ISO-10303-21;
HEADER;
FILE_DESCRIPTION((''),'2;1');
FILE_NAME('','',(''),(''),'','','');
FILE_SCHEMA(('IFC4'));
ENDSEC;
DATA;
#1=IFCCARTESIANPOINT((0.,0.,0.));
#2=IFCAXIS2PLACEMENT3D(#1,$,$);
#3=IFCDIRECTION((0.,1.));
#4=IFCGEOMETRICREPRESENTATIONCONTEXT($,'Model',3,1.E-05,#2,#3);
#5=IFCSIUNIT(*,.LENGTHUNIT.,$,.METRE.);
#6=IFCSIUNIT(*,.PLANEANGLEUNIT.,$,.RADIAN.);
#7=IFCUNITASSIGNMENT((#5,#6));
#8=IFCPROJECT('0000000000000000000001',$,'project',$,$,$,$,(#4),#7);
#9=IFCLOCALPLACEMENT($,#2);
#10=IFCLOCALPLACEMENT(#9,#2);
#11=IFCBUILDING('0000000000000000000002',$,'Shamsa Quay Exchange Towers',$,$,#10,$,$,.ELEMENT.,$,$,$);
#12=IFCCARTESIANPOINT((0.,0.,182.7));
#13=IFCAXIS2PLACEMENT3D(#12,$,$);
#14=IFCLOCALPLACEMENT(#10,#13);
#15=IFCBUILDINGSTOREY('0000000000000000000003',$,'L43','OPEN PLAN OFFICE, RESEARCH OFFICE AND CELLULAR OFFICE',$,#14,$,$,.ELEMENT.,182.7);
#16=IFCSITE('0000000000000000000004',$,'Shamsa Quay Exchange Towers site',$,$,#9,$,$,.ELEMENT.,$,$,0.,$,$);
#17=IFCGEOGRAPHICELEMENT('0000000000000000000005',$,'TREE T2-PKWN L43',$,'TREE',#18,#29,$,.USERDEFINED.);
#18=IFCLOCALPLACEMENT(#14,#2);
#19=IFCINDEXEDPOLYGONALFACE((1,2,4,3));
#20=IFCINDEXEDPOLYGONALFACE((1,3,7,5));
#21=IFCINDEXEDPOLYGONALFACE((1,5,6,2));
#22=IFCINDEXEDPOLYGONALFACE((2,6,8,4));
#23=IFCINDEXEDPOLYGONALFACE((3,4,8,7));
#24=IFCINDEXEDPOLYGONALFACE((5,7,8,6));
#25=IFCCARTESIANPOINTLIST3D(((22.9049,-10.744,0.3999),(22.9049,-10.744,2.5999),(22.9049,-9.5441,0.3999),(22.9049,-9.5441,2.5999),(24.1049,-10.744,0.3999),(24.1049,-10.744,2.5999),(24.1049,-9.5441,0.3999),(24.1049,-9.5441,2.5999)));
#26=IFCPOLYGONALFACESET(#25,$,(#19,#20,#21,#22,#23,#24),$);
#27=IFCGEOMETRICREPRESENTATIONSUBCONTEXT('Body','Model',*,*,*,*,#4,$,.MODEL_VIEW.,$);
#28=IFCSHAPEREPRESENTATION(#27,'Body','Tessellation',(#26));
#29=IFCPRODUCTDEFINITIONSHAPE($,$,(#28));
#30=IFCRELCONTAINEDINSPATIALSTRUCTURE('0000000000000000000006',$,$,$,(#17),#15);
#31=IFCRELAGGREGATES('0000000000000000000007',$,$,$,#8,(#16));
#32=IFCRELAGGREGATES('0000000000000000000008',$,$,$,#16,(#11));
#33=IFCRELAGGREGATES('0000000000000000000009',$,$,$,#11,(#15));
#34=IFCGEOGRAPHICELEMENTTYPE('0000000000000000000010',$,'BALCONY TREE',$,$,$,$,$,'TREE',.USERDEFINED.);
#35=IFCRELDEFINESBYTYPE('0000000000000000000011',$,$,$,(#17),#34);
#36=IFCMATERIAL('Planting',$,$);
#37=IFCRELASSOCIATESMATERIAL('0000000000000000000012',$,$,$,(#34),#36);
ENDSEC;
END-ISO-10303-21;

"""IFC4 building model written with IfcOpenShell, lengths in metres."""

from ifc_helpers import new_model, si_unit, direction, frame, origin, origin_2d, place, context, subcontext, project, spatial, rectangle, extrude, material, type_object, element, save


model = new_model("IFC4")

# Units and contexts
model_context = context("Model", 3, precision=1e-05, world=origin(), true_north=direction((0.0, 1.0)))
body_context = subcontext(model_context, "Body", "Model", "MODEL_VIEW")
ifc_project = project(units=[si_unit("LENGTHUNIT", "METRE"), si_unit("PLANEANGLEUNIT", "RADIAN")], contexts=[model_context])

# Site, building, storey
site_placement = place(None, origin())
site = spatial("IfcSite", under=ifc_project, at=site_placement, Name="Shamsa Quay Exchange Towers site", CompositionType="ELEMENT", RefElevation=0.0)
building_placement = place(site_placement, origin())
building = spatial("IfcBuilding", under=site, at=building_placement, Name="Shamsa Quay Exchange Towers", CompositionType="ELEMENT")
storey_placement = place(building_placement, frame((0.0, 0.0, 182.7)))
storey = spatial("IfcBuildingStorey", under=building, at=storey_placement, Name="L43", Description="OPEN PLAN OFFICE, RESEARCH OFFICE AND CELLULAR OFFICE", CompositionType="ELEMENT", Elevation=182.7)

# Geographic element
ifc_material_1 = material(Name="Planting")
geographic_element_type = type_object("IfcGeographicElementType", Name="BALCONY TREE", ElementType="TREE", PredefinedType="USERDEFINED", material=ifc_material_1)
geographic_element_placement = place(storey_placement, frame((23.5049, -10.144, 0.3999), z_axis=(0.0, 0.0, 1.0), x_axis=(0.0, -1.0, 0.0)))
element("IfcGeographicElement", 1, at=geographic_element_placement, inside=storey, type_object=geographic_element_type, Name="TREE T2-PKWN L43", ObjectType="TREE", PredefinedType="USERDEFINED", context=body_context, shape_type="SweptSolid", body=[
    extrude(rectangle(XDim=1.2, YDim=1.2, at=origin_2d()), origin(), (0.0, 0.0, 1.0), 2.2),
])

save(model, "model.ifc")
